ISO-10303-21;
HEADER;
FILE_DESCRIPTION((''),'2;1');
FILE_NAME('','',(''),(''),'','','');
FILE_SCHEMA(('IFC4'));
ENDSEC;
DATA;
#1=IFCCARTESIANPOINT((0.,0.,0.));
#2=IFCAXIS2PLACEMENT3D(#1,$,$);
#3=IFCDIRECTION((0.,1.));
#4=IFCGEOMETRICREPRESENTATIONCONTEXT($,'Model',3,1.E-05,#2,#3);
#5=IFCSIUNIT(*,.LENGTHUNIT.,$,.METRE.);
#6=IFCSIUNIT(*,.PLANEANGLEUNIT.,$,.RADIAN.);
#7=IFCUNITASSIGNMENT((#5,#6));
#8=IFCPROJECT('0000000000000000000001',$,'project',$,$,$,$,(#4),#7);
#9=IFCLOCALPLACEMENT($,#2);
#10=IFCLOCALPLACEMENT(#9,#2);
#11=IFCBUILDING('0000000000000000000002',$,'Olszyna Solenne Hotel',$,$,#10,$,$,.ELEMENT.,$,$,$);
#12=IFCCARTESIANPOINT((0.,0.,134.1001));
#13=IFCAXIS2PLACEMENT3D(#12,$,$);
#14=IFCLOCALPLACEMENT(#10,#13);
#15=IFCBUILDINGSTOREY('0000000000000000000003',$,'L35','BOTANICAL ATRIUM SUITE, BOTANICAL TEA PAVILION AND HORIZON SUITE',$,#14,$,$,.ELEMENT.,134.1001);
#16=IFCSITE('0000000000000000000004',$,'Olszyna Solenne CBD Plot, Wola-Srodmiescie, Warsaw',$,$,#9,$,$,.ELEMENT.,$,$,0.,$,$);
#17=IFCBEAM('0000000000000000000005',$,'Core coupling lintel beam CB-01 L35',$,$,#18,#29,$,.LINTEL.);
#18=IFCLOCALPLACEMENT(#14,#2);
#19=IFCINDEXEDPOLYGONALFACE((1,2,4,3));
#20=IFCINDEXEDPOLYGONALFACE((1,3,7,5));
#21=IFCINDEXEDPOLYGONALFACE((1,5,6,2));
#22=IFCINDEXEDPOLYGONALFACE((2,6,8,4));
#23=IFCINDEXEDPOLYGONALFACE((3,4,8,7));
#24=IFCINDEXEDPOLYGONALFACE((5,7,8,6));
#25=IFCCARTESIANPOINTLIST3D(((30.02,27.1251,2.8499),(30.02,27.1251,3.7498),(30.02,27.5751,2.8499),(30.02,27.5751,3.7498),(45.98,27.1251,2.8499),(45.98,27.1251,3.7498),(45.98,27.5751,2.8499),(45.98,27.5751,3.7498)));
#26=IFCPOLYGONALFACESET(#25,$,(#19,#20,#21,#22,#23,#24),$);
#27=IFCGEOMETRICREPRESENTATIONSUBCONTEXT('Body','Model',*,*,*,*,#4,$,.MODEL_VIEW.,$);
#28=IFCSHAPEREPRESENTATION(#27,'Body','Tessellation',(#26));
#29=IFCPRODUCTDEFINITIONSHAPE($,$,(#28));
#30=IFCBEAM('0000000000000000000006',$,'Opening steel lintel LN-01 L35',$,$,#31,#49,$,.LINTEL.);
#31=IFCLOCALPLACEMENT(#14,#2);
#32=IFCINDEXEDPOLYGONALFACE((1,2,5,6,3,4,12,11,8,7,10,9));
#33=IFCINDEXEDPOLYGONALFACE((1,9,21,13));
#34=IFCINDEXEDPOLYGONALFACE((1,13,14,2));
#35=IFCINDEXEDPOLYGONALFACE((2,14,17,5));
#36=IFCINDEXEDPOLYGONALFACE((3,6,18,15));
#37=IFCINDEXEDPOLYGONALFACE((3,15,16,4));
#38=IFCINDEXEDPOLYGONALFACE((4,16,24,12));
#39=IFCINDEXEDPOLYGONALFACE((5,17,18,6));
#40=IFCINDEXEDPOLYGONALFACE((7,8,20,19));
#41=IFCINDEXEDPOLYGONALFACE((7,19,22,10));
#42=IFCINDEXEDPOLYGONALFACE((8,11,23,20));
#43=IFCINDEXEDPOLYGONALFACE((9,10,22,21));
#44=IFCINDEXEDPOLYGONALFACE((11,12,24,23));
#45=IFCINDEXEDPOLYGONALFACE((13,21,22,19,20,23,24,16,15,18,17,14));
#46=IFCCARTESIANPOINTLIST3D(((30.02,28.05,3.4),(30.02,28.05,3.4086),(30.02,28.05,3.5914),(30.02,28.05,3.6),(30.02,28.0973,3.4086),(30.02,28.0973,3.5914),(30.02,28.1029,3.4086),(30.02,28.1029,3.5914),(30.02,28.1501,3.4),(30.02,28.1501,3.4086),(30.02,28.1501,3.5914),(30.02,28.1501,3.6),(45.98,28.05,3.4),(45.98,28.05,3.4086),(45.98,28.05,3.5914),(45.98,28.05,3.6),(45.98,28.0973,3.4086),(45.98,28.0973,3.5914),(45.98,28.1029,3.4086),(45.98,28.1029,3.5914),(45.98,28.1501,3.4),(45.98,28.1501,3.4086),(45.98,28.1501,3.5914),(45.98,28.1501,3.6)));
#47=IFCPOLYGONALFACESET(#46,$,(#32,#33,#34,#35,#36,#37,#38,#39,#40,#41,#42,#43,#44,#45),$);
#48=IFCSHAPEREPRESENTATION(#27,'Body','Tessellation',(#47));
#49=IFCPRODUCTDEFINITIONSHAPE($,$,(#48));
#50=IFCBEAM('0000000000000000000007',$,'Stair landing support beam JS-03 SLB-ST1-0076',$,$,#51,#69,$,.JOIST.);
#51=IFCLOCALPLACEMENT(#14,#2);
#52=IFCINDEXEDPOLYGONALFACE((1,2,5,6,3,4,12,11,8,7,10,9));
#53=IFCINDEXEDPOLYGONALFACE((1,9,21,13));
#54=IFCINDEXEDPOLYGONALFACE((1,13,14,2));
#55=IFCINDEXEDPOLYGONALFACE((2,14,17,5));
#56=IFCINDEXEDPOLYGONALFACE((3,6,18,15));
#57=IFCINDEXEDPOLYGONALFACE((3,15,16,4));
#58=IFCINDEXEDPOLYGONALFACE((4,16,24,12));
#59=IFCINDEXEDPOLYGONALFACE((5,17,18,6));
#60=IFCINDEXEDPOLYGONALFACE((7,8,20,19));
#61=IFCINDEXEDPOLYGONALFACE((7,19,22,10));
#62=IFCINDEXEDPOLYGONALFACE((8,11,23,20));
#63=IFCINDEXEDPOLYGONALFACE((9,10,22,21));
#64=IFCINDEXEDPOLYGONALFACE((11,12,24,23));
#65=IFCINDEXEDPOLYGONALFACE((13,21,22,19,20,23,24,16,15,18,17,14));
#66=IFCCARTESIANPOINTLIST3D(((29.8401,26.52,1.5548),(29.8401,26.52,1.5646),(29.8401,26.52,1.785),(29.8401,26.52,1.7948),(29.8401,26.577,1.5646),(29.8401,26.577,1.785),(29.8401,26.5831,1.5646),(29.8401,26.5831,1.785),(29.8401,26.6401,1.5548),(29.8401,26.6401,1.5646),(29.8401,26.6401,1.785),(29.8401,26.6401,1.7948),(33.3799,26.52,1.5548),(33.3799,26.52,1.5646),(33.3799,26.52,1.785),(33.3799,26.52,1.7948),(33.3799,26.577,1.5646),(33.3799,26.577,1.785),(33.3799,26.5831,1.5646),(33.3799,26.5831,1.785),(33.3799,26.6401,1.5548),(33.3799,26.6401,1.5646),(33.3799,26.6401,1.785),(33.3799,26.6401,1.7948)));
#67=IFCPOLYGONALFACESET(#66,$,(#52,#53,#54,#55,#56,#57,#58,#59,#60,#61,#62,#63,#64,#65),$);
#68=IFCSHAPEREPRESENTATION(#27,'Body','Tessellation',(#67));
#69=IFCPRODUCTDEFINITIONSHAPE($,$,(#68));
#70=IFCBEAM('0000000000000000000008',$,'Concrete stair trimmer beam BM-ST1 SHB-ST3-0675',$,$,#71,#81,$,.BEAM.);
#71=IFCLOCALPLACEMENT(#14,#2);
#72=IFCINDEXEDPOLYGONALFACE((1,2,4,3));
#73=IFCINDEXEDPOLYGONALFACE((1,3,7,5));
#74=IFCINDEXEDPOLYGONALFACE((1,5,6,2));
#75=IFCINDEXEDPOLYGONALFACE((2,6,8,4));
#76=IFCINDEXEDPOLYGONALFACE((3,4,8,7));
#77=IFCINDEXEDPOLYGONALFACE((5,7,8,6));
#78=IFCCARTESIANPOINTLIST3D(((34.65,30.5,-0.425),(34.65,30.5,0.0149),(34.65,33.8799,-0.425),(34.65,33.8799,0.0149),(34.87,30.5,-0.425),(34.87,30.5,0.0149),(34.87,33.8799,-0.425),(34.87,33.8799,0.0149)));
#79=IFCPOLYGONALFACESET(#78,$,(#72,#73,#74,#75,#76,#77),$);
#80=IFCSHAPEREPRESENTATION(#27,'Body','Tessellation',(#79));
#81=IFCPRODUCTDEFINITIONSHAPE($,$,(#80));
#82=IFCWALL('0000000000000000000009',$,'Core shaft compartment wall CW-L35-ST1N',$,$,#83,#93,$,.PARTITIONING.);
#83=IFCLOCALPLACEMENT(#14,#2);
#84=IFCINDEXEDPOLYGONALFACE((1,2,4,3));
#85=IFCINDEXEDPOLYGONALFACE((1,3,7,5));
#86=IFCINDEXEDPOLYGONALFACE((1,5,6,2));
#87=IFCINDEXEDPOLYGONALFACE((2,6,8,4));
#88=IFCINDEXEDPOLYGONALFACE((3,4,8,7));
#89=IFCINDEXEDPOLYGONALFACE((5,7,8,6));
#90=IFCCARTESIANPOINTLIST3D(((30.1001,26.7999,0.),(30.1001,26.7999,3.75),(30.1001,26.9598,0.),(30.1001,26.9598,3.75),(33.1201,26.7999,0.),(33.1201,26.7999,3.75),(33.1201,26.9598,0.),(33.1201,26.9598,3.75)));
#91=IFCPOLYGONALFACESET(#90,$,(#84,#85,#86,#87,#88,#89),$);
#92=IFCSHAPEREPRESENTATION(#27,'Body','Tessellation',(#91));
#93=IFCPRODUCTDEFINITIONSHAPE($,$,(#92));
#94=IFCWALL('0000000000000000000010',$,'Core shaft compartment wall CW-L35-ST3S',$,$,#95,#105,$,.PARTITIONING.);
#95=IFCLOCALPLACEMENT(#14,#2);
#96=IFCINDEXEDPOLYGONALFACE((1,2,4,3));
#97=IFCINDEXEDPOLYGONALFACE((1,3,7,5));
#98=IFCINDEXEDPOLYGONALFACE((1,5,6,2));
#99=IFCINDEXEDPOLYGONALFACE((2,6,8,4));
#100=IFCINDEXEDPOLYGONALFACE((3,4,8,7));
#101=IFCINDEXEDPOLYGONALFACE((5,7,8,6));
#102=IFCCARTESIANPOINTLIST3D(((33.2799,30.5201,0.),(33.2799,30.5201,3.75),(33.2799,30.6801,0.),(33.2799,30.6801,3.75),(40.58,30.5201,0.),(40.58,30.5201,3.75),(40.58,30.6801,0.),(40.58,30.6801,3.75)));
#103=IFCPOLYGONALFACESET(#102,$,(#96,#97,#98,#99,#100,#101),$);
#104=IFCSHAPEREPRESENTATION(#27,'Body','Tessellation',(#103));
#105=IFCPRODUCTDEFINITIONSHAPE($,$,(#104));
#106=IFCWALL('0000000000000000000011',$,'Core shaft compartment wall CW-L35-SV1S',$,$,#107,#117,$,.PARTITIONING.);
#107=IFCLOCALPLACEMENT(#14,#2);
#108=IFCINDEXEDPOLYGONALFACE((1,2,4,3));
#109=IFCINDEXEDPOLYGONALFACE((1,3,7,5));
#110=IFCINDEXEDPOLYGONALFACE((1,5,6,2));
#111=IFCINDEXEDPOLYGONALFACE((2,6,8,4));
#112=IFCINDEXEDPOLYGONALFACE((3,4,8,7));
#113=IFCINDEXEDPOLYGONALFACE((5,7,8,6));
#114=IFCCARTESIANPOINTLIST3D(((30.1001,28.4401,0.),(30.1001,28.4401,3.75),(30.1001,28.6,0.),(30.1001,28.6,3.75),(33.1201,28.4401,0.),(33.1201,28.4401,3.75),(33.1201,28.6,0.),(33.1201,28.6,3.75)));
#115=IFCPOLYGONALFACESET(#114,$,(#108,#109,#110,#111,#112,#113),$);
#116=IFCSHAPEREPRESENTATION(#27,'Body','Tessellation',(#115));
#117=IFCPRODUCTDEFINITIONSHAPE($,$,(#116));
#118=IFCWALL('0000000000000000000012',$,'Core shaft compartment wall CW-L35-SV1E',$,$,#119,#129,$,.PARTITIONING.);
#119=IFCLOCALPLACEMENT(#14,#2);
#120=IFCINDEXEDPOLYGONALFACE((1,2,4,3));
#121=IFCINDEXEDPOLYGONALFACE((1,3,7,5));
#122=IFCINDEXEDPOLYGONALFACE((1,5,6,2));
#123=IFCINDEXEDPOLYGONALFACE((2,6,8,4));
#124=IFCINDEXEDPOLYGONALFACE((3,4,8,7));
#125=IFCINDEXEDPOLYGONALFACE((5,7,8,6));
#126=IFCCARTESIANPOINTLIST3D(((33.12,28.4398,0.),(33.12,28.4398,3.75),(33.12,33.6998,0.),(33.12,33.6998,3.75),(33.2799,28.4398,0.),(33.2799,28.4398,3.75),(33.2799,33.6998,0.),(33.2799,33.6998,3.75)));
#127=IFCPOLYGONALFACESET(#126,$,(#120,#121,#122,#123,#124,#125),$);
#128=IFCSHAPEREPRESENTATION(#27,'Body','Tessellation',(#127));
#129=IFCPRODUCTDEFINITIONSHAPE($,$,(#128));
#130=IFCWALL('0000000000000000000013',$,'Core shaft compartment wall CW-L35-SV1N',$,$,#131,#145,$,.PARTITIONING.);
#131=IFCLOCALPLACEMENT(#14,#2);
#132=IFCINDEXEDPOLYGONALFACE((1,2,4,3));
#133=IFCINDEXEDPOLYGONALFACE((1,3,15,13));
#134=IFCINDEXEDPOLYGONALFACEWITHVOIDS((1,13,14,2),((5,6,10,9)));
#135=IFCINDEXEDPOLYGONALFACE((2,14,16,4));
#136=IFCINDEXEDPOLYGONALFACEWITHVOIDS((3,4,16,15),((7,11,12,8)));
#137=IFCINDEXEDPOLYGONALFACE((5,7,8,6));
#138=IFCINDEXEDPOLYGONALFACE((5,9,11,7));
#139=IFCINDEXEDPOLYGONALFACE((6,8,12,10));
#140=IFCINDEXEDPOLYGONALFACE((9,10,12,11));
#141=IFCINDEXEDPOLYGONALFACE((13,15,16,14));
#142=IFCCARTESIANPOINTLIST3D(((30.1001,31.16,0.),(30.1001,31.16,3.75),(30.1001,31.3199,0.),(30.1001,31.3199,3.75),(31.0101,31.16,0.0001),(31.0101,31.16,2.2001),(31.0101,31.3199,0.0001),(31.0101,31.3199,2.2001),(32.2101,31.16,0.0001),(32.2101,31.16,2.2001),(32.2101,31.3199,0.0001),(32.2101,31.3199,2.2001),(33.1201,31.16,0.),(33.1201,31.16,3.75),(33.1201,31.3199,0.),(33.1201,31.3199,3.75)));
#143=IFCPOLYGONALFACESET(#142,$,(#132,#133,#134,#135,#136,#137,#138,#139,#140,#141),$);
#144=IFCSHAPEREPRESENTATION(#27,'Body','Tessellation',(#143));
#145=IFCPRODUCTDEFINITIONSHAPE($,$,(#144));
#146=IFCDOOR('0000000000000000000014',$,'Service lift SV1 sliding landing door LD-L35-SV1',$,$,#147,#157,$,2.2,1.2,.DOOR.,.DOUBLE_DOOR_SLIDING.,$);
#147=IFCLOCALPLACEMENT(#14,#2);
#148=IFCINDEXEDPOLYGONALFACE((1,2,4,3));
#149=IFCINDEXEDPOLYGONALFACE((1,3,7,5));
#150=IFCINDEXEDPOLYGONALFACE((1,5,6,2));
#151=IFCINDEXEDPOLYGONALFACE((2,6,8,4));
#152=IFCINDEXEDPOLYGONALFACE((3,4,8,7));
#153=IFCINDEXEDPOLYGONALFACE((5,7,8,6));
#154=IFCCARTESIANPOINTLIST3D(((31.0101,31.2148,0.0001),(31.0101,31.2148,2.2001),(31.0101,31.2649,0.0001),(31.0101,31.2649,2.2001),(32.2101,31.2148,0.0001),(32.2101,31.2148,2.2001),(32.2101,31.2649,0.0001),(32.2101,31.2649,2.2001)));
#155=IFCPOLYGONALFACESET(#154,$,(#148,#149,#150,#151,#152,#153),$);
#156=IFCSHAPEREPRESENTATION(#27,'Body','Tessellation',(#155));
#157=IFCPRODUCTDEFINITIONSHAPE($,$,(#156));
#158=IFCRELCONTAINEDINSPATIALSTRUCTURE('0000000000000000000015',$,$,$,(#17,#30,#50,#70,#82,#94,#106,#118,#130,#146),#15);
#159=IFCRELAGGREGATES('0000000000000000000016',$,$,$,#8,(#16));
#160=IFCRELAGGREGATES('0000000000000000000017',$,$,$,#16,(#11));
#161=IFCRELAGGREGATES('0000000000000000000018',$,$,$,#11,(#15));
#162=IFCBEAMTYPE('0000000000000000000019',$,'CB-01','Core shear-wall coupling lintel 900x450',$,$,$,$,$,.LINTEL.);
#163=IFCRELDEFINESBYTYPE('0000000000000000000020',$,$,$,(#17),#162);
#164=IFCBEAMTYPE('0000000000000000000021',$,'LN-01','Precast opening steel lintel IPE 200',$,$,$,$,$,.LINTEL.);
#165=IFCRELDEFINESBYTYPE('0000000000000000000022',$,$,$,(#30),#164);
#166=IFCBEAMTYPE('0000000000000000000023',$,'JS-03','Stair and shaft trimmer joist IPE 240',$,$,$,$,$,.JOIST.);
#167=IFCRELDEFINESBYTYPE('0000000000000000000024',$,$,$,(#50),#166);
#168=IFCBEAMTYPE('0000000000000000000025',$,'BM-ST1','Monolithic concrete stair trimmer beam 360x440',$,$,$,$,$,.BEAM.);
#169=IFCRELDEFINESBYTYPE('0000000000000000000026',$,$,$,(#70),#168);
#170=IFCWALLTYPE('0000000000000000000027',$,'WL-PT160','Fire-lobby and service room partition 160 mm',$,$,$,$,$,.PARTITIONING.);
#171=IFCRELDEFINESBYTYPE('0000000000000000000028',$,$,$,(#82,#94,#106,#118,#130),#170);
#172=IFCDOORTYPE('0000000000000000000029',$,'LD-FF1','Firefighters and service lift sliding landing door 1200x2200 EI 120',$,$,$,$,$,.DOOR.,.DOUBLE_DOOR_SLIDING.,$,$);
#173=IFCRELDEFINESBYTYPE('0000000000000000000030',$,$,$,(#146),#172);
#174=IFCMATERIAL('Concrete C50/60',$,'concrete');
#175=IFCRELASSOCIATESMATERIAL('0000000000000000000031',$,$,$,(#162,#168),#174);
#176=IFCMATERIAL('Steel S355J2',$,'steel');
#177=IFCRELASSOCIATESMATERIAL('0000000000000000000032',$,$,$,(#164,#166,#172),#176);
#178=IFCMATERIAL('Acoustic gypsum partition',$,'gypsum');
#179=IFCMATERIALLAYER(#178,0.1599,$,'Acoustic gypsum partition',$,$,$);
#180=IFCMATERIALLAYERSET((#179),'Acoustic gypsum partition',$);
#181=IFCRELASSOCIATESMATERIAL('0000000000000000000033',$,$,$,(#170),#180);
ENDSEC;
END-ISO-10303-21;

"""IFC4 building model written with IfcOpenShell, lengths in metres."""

from ifc_helpers import new_model, si_unit, direction, frame, frame_2d, origin, origin_2d, place, context, subcontext, project, spatial, rectangle, i_section, extrude, source, transform, mapped, material, layer, layer_set, material_profile, profile_set, type_object, type_shapes, element, fill, save


model = new_model("IFC4")

# Units and contexts
model_context = context("Model", 3, precision=1e-05, world=origin(), true_north=direction((0.0, 1.0)))
body_context = subcontext(model_context, "Body", "Model", "MODEL_VIEW")
ifc_project = project(units=[si_unit("LENGTHUNIT", "METRE"), si_unit("PLANEANGLEUNIT", "RADIAN")], contexts=[model_context])

# Site, building, storey
site_placement = place(None, origin())
site = spatial("IfcSite", under=ifc_project, at=site_placement, Name="Olszyna Solenne CBD Plot, Wola-Srodmiescie, Warsaw", CompositionType="ELEMENT", RefElevation=0.0)
building_placement = place(site_placement, origin())
building = spatial("IfcBuilding", under=site, at=building_placement, Name="Olszyna Solenne Hotel", CompositionType="ELEMENT")
storey_placement = place(building_placement, frame((0.0, 0.0, 134.1001)))
storey = spatial("IfcBuildingStorey", under=building, at=storey_placement, Name="L35", Description="BOTANICAL ATRIUM SUITE, BOTANICAL TEA PAVILION AND HORIZON SUITE", CompositionType="ELEMENT", Elevation=134.1001)

# Beams
ifc_material_1 = material(Name="Concrete C50/60", Category="concrete")
ifc_material_profile_1 = material_profile(ifc_material_1, rectangle(XDim=0.45, YDim=0.8999, at=origin_2d()), Name="RC 900x450", Category="load-bearing")
ifc_profile_set_1 = profile_set([ifc_material_profile_1], Name="Concrete C50/60")
beam_type_1 = type_object("IfcBeamType", Name="CB-01", Description="Core shear-wall coupling lintel 900x450", PredefinedType="LINTEL", material=ifc_profile_set_1)
shared_shape_1 = source(origin(), body_context, "Body", "SweptSolid", [
    extrude(rectangle(XDim=0.45, YDim=0.8999, at=origin_2d()), origin(), (0.0, 0.0, 1.0), 15.96),
])
beam_1_placement = place(storey_placement, frame((30.02, 27.3501, 3.2998), z_axis=(1.0, 0.0, 0.0), x_axis=(0.0, 1.0, 0.0)))
element("IfcBeam", 1, at=beam_1_placement, inside=storey, type_object=beam_type_1, Name="Core coupling lintel beam CB-01 L35", PredefinedType="LINTEL", context=body_context, shape_type="MappedRepresentation", body=[
    mapped(shared_shape_1, transform((0.0, 0.0, 0.0), x_axis=(1.0, 0.0, 0.0), y_axis=(0.0, 1.0, 0.0), z_axis=(0.0, 0.0, 1.0), scale=1.0)),
])
ifc_material_2 = material(Name="Steel S355J2", Category="steel")
ifc_material_profile_2 = material_profile(ifc_material_2, i_section(OverallWidth=0.1001, OverallDepth=0.2, WebThickness=0.0056, FlangeThickness=0.0085, at=origin_2d()), Name="IPE 200", Category="load-bearing")
ifc_profile_set_2 = profile_set([ifc_material_profile_2], Name="Steel S355J2")
beam_type_2 = type_object("IfcBeamType", Name="LN-01", Description="Precast opening steel lintel IPE 200", PredefinedType="LINTEL", material=ifc_profile_set_2)
shared_shape_2 = source(origin(), body_context, "Body", "SweptSolid", [
    extrude(i_section(OverallWidth=0.1001, OverallDepth=0.2, WebThickness=0.0056, FlangeThickness=0.0085, at=origin_2d()), origin(), (0.0, 0.0, 1.0), 15.96),
])
beam_2_placement = place(storey_placement, frame((30.02, 28.1001, 3.5), z_axis=(1.0, 0.0, 0.0), x_axis=(0.0, 1.0, 0.0)))
element("IfcBeam", 2, at=beam_2_placement, inside=storey, type_object=beam_type_2, Name="Opening steel lintel LN-01 L35", PredefinedType="LINTEL", context=body_context, shape_type="MappedRepresentation", body=[
    mapped(shared_shape_2, transform((0.0, 0.0, 0.0), x_axis=(1.0, 0.0, 0.0), y_axis=(0.0, 1.0, 0.0), z_axis=(0.0, 0.0, 1.0), scale=1.0)),
])
ifc_material_profile_3 = material_profile(ifc_material_2, i_section(OverallWidth=0.1201, OverallDepth=0.24, WebThickness=0.0061, FlangeThickness=0.0098, at=origin_2d()), Name="IPE 240", Category="load-bearing")
ifc_profile_set_3 = profile_set([ifc_material_profile_3], Name="Steel S355J2")
beam_type_3 = type_object("IfcBeamType", Name="JS-03", Description="Stair and shaft trimmer joist IPE 240", PredefinedType="JOIST", material=ifc_profile_set_3)
shared_shape_3 = source(origin(), body_context, "Body", "SweptSolid", [
    extrude(i_section(OverallWidth=0.1201, OverallDepth=0.24, WebThickness=0.0061, FlangeThickness=0.0098, at=origin_2d()), origin(), (0.0, 0.0, 1.0), 3.5398),
])
beam_3_placement = place(storey_placement, frame((33.3799, 26.5801, 1.6748), z_axis=(-1.0, 0.0, 0.0), x_axis=(0.0, -1.0, 0.0)))
element("IfcBeam", 3, at=beam_3_placement, inside=storey, type_object=beam_type_3, Name="Stair landing support beam JS-03 SLB-ST1-0076", PredefinedType="JOIST", context=body_context, shape_type="MappedRepresentation", body=[
    mapped(shared_shape_3, transform((0.0, 0.0, 0.0), x_axis=(1.0, 0.0, 0.0), y_axis=(0.0, 1.0, 0.0), z_axis=(0.0, 0.0, 1.0), scale=1.0)),
])
ifc_material_profile_4 = material_profile(ifc_material_1, rectangle(XDim=0.22, YDim=0.4399, at=origin_2d()), Name="RC 220x440", Category="load-bearing")
ifc_profile_set_4 = profile_set([ifc_material_profile_4], Name="Concrete C50/60")
beam_type_4 = type_object("IfcBeamType", Name="BM-ST1", Description="Monolithic concrete stair trimmer beam 360x440", PredefinedType="BEAM", material=ifc_profile_set_4)
shared_shape_4 = source(origin(), body_context, "Body", "SweptSolid", [
    extrude(rectangle(XDim=0.22, YDim=0.4399, at=origin_2d()), origin(), (0.0, 0.0, 1.0), 3.3799),
])
beam_4_placement = place(storey_placement, frame((34.76, 30.5, -0.2051), z_axis=(0.0, 1.0, 0.0), x_axis=(-1.0, 0.0, 0.0)))
element("IfcBeam", 4, at=beam_4_placement, inside=storey, type_object=beam_type_4, Name="Concrete stair trimmer beam BM-ST1 SHB-ST3-0675", PredefinedType="BEAM", context=body_context, shape_type="MappedRepresentation", body=[
    mapped(shared_shape_4, transform((0.0, 0.0, 0.0), x_axis=(1.0, 0.0, 0.0), y_axis=(0.0, 1.0, 0.0), z_axis=(0.0, 0.0, 1.0), scale=1.0)),
])

# Walls
ifc_material_3 = material(Name="Acoustic gypsum partition", Category="gypsum")
ifc_layer = layer(ifc_material_3, 0.1599, Name="Acoustic gypsum partition")
ifc_layer_set = layer_set([ifc_layer], Name="Acoustic gypsum partition")
wall_type = type_object("IfcWallType", Name="WL-PT160", Description="Fire-lobby and service room partition 160 mm", PredefinedType="PARTITIONING", material=ifc_layer_set)
wall_1_placement = place(storey_placement, frame((30.1001, 26.8799, 0.0), z_axis=(0.0, 0.0, 1.0), x_axis=(1.0, 0.0, 0.0)))
element("IfcWall", 5, at=wall_1_placement, inside=storey, type_object=wall_type, Name="Core shaft compartment wall CW-L35-ST1N", PredefinedType="PARTITIONING", context=body_context, shape_type="SweptSolid", body=[
    extrude(rectangle(XDim=3.02, YDim=0.1599, at=frame_2d((1.51, 0.0))), origin(), (0.0, 0.0, 1.0), 3.75),
])
wall_2_placement = place(storey_placement, frame((33.28, 30.6001, 0.0), z_axis=(0.0, 0.0, 1.0), x_axis=(1.0, 0.0, 0.0)))
element("IfcWall", 6, at=wall_2_placement, inside=storey, type_object=wall_type, Name="Core shaft compartment wall CW-L35-ST3S", PredefinedType="PARTITIONING", context=body_context, shape_type="SweptSolid", body=[
    extrude(rectangle(XDim=7.3, YDim=0.1599, at=frame_2d((3.6499, 0.0))), origin(), (0.0, 0.0, 1.0), 3.75),
])
wall_3_placement = place(storey_placement, frame((30.1001, 28.52, 0.0), z_axis=(0.0, 0.0, 1.0), x_axis=(1.0, 0.0, 0.0)))
element("IfcWall", 7, at=wall_3_placement, inside=storey, type_object=wall_type, Name="Core shaft compartment wall CW-L35-SV1S", PredefinedType="PARTITIONING", context=body_context, shape_type="SweptSolid", body=[
    extrude(rectangle(XDim=3.02, YDim=0.1599, at=frame_2d((1.51, 0.0))), origin(), (0.0, 0.0, 1.0), 3.75),
])
wall_4_placement = place(storey_placement, frame((33.2, 28.4399, 0.0), z_axis=(0.0, 0.0, 1.0), x_axis=(0.0, 1.0, 0.0)))
element("IfcWall", 8, at=wall_4_placement, inside=storey, type_object=wall_type, Name="Core shaft compartment wall CW-L35-SV1E", PredefinedType="PARTITIONING", context=body_context, shape_type="SweptSolid", body=[
    extrude(rectangle(XDim=5.26, YDim=0.1599, at=frame_2d((2.6299, 0.0))), origin(), (0.0, 0.0, 1.0), 3.75),
])

# Wall, opening, door
wall_5_placement = place(storey_placement, frame((30.1001, 31.24, 0.0), z_axis=(0.0, 0.0, 1.0), x_axis=(1.0, 0.0, 0.0)))
wall_5 = element("IfcWall", 9, at=wall_5_placement, inside=storey, type_object=wall_type, Name="Core shaft compartment wall CW-L35-SV1N", PredefinedType="PARTITIONING", context=body_context, shape_type="SweptSolid", body=[
    extrude(rectangle(XDim=3.02, YDim=0.1599, at=frame_2d((1.51, 0.0))), origin(), (0.0, 0.0, 1.0), 3.75),
])
opening_1_placement = place(wall_5_placement, frame((0.9099, 0.0, 0.0)))
opening_1 = element("IfcOpeningElement", 10, at=opening_1_placement, cuts=wall_5, PredefinedType="OPENING", context=body_context, shape_type="SweptSolid", body=[
    extrude(rectangle(XDim=1.2, YDim=2.2, at=frame_2d((0.6001, 1.1001))), frame((0.0, 0.0898, 0.0), z_axis=(0.0, -1.0, 0.0), x_axis=(1.0, 0.0, 0.0)), (0.0, 0.0, 1.0), 0.1799),
])
door_type_1 = type_object("IfcDoorType", Name="LD-FF1", Description="Firefighters and service lift sliding landing door 1200x2200 EI 120", OperationType="DOUBLE_DOOR_SLIDING", PredefinedType="DOOR", material=ifc_material_2)
shared_shape_5 = source(origin(), body_context, "Body", "SweptSolid", [
    extrude(rectangle(XDim=1.2, YDim=2.2, at=frame_2d((0.6001, 1.1001))), frame((0.0, 0.0249, 0.0), z_axis=(0.0, -1.0, 0.0), x_axis=(1.0, 0.0, 0.0)), (0.0, 0.0, 1.0), 0.05),
])
type_shapes(door_type_1, [shared_shape_5])
door_1_placement = place(opening_1_placement, origin())
door_1 = element("IfcDoor", 11, at=door_1_placement, inside=storey, type_object=door_type_1, Name="Service lift SV1 sliding landing door LD-L35-SV1", OperationType="DOUBLE_DOOR_SLIDING", OverallHeight=2.2, OverallWidth=1.2, PredefinedType="DOOR", context=body_context, shape_type="MappedRepresentation", body=[
    mapped(shared_shape_5, transform((0.0, 0.0, 0.0), x_axis=(1.0, 0.0, 0.0), y_axis=(0.0, 1.0, 0.0), z_axis=(0.0, 0.0, 1.0), scale=1.0)),
])
fill(opening_1, door_1)

save(model, "model.ifc")
